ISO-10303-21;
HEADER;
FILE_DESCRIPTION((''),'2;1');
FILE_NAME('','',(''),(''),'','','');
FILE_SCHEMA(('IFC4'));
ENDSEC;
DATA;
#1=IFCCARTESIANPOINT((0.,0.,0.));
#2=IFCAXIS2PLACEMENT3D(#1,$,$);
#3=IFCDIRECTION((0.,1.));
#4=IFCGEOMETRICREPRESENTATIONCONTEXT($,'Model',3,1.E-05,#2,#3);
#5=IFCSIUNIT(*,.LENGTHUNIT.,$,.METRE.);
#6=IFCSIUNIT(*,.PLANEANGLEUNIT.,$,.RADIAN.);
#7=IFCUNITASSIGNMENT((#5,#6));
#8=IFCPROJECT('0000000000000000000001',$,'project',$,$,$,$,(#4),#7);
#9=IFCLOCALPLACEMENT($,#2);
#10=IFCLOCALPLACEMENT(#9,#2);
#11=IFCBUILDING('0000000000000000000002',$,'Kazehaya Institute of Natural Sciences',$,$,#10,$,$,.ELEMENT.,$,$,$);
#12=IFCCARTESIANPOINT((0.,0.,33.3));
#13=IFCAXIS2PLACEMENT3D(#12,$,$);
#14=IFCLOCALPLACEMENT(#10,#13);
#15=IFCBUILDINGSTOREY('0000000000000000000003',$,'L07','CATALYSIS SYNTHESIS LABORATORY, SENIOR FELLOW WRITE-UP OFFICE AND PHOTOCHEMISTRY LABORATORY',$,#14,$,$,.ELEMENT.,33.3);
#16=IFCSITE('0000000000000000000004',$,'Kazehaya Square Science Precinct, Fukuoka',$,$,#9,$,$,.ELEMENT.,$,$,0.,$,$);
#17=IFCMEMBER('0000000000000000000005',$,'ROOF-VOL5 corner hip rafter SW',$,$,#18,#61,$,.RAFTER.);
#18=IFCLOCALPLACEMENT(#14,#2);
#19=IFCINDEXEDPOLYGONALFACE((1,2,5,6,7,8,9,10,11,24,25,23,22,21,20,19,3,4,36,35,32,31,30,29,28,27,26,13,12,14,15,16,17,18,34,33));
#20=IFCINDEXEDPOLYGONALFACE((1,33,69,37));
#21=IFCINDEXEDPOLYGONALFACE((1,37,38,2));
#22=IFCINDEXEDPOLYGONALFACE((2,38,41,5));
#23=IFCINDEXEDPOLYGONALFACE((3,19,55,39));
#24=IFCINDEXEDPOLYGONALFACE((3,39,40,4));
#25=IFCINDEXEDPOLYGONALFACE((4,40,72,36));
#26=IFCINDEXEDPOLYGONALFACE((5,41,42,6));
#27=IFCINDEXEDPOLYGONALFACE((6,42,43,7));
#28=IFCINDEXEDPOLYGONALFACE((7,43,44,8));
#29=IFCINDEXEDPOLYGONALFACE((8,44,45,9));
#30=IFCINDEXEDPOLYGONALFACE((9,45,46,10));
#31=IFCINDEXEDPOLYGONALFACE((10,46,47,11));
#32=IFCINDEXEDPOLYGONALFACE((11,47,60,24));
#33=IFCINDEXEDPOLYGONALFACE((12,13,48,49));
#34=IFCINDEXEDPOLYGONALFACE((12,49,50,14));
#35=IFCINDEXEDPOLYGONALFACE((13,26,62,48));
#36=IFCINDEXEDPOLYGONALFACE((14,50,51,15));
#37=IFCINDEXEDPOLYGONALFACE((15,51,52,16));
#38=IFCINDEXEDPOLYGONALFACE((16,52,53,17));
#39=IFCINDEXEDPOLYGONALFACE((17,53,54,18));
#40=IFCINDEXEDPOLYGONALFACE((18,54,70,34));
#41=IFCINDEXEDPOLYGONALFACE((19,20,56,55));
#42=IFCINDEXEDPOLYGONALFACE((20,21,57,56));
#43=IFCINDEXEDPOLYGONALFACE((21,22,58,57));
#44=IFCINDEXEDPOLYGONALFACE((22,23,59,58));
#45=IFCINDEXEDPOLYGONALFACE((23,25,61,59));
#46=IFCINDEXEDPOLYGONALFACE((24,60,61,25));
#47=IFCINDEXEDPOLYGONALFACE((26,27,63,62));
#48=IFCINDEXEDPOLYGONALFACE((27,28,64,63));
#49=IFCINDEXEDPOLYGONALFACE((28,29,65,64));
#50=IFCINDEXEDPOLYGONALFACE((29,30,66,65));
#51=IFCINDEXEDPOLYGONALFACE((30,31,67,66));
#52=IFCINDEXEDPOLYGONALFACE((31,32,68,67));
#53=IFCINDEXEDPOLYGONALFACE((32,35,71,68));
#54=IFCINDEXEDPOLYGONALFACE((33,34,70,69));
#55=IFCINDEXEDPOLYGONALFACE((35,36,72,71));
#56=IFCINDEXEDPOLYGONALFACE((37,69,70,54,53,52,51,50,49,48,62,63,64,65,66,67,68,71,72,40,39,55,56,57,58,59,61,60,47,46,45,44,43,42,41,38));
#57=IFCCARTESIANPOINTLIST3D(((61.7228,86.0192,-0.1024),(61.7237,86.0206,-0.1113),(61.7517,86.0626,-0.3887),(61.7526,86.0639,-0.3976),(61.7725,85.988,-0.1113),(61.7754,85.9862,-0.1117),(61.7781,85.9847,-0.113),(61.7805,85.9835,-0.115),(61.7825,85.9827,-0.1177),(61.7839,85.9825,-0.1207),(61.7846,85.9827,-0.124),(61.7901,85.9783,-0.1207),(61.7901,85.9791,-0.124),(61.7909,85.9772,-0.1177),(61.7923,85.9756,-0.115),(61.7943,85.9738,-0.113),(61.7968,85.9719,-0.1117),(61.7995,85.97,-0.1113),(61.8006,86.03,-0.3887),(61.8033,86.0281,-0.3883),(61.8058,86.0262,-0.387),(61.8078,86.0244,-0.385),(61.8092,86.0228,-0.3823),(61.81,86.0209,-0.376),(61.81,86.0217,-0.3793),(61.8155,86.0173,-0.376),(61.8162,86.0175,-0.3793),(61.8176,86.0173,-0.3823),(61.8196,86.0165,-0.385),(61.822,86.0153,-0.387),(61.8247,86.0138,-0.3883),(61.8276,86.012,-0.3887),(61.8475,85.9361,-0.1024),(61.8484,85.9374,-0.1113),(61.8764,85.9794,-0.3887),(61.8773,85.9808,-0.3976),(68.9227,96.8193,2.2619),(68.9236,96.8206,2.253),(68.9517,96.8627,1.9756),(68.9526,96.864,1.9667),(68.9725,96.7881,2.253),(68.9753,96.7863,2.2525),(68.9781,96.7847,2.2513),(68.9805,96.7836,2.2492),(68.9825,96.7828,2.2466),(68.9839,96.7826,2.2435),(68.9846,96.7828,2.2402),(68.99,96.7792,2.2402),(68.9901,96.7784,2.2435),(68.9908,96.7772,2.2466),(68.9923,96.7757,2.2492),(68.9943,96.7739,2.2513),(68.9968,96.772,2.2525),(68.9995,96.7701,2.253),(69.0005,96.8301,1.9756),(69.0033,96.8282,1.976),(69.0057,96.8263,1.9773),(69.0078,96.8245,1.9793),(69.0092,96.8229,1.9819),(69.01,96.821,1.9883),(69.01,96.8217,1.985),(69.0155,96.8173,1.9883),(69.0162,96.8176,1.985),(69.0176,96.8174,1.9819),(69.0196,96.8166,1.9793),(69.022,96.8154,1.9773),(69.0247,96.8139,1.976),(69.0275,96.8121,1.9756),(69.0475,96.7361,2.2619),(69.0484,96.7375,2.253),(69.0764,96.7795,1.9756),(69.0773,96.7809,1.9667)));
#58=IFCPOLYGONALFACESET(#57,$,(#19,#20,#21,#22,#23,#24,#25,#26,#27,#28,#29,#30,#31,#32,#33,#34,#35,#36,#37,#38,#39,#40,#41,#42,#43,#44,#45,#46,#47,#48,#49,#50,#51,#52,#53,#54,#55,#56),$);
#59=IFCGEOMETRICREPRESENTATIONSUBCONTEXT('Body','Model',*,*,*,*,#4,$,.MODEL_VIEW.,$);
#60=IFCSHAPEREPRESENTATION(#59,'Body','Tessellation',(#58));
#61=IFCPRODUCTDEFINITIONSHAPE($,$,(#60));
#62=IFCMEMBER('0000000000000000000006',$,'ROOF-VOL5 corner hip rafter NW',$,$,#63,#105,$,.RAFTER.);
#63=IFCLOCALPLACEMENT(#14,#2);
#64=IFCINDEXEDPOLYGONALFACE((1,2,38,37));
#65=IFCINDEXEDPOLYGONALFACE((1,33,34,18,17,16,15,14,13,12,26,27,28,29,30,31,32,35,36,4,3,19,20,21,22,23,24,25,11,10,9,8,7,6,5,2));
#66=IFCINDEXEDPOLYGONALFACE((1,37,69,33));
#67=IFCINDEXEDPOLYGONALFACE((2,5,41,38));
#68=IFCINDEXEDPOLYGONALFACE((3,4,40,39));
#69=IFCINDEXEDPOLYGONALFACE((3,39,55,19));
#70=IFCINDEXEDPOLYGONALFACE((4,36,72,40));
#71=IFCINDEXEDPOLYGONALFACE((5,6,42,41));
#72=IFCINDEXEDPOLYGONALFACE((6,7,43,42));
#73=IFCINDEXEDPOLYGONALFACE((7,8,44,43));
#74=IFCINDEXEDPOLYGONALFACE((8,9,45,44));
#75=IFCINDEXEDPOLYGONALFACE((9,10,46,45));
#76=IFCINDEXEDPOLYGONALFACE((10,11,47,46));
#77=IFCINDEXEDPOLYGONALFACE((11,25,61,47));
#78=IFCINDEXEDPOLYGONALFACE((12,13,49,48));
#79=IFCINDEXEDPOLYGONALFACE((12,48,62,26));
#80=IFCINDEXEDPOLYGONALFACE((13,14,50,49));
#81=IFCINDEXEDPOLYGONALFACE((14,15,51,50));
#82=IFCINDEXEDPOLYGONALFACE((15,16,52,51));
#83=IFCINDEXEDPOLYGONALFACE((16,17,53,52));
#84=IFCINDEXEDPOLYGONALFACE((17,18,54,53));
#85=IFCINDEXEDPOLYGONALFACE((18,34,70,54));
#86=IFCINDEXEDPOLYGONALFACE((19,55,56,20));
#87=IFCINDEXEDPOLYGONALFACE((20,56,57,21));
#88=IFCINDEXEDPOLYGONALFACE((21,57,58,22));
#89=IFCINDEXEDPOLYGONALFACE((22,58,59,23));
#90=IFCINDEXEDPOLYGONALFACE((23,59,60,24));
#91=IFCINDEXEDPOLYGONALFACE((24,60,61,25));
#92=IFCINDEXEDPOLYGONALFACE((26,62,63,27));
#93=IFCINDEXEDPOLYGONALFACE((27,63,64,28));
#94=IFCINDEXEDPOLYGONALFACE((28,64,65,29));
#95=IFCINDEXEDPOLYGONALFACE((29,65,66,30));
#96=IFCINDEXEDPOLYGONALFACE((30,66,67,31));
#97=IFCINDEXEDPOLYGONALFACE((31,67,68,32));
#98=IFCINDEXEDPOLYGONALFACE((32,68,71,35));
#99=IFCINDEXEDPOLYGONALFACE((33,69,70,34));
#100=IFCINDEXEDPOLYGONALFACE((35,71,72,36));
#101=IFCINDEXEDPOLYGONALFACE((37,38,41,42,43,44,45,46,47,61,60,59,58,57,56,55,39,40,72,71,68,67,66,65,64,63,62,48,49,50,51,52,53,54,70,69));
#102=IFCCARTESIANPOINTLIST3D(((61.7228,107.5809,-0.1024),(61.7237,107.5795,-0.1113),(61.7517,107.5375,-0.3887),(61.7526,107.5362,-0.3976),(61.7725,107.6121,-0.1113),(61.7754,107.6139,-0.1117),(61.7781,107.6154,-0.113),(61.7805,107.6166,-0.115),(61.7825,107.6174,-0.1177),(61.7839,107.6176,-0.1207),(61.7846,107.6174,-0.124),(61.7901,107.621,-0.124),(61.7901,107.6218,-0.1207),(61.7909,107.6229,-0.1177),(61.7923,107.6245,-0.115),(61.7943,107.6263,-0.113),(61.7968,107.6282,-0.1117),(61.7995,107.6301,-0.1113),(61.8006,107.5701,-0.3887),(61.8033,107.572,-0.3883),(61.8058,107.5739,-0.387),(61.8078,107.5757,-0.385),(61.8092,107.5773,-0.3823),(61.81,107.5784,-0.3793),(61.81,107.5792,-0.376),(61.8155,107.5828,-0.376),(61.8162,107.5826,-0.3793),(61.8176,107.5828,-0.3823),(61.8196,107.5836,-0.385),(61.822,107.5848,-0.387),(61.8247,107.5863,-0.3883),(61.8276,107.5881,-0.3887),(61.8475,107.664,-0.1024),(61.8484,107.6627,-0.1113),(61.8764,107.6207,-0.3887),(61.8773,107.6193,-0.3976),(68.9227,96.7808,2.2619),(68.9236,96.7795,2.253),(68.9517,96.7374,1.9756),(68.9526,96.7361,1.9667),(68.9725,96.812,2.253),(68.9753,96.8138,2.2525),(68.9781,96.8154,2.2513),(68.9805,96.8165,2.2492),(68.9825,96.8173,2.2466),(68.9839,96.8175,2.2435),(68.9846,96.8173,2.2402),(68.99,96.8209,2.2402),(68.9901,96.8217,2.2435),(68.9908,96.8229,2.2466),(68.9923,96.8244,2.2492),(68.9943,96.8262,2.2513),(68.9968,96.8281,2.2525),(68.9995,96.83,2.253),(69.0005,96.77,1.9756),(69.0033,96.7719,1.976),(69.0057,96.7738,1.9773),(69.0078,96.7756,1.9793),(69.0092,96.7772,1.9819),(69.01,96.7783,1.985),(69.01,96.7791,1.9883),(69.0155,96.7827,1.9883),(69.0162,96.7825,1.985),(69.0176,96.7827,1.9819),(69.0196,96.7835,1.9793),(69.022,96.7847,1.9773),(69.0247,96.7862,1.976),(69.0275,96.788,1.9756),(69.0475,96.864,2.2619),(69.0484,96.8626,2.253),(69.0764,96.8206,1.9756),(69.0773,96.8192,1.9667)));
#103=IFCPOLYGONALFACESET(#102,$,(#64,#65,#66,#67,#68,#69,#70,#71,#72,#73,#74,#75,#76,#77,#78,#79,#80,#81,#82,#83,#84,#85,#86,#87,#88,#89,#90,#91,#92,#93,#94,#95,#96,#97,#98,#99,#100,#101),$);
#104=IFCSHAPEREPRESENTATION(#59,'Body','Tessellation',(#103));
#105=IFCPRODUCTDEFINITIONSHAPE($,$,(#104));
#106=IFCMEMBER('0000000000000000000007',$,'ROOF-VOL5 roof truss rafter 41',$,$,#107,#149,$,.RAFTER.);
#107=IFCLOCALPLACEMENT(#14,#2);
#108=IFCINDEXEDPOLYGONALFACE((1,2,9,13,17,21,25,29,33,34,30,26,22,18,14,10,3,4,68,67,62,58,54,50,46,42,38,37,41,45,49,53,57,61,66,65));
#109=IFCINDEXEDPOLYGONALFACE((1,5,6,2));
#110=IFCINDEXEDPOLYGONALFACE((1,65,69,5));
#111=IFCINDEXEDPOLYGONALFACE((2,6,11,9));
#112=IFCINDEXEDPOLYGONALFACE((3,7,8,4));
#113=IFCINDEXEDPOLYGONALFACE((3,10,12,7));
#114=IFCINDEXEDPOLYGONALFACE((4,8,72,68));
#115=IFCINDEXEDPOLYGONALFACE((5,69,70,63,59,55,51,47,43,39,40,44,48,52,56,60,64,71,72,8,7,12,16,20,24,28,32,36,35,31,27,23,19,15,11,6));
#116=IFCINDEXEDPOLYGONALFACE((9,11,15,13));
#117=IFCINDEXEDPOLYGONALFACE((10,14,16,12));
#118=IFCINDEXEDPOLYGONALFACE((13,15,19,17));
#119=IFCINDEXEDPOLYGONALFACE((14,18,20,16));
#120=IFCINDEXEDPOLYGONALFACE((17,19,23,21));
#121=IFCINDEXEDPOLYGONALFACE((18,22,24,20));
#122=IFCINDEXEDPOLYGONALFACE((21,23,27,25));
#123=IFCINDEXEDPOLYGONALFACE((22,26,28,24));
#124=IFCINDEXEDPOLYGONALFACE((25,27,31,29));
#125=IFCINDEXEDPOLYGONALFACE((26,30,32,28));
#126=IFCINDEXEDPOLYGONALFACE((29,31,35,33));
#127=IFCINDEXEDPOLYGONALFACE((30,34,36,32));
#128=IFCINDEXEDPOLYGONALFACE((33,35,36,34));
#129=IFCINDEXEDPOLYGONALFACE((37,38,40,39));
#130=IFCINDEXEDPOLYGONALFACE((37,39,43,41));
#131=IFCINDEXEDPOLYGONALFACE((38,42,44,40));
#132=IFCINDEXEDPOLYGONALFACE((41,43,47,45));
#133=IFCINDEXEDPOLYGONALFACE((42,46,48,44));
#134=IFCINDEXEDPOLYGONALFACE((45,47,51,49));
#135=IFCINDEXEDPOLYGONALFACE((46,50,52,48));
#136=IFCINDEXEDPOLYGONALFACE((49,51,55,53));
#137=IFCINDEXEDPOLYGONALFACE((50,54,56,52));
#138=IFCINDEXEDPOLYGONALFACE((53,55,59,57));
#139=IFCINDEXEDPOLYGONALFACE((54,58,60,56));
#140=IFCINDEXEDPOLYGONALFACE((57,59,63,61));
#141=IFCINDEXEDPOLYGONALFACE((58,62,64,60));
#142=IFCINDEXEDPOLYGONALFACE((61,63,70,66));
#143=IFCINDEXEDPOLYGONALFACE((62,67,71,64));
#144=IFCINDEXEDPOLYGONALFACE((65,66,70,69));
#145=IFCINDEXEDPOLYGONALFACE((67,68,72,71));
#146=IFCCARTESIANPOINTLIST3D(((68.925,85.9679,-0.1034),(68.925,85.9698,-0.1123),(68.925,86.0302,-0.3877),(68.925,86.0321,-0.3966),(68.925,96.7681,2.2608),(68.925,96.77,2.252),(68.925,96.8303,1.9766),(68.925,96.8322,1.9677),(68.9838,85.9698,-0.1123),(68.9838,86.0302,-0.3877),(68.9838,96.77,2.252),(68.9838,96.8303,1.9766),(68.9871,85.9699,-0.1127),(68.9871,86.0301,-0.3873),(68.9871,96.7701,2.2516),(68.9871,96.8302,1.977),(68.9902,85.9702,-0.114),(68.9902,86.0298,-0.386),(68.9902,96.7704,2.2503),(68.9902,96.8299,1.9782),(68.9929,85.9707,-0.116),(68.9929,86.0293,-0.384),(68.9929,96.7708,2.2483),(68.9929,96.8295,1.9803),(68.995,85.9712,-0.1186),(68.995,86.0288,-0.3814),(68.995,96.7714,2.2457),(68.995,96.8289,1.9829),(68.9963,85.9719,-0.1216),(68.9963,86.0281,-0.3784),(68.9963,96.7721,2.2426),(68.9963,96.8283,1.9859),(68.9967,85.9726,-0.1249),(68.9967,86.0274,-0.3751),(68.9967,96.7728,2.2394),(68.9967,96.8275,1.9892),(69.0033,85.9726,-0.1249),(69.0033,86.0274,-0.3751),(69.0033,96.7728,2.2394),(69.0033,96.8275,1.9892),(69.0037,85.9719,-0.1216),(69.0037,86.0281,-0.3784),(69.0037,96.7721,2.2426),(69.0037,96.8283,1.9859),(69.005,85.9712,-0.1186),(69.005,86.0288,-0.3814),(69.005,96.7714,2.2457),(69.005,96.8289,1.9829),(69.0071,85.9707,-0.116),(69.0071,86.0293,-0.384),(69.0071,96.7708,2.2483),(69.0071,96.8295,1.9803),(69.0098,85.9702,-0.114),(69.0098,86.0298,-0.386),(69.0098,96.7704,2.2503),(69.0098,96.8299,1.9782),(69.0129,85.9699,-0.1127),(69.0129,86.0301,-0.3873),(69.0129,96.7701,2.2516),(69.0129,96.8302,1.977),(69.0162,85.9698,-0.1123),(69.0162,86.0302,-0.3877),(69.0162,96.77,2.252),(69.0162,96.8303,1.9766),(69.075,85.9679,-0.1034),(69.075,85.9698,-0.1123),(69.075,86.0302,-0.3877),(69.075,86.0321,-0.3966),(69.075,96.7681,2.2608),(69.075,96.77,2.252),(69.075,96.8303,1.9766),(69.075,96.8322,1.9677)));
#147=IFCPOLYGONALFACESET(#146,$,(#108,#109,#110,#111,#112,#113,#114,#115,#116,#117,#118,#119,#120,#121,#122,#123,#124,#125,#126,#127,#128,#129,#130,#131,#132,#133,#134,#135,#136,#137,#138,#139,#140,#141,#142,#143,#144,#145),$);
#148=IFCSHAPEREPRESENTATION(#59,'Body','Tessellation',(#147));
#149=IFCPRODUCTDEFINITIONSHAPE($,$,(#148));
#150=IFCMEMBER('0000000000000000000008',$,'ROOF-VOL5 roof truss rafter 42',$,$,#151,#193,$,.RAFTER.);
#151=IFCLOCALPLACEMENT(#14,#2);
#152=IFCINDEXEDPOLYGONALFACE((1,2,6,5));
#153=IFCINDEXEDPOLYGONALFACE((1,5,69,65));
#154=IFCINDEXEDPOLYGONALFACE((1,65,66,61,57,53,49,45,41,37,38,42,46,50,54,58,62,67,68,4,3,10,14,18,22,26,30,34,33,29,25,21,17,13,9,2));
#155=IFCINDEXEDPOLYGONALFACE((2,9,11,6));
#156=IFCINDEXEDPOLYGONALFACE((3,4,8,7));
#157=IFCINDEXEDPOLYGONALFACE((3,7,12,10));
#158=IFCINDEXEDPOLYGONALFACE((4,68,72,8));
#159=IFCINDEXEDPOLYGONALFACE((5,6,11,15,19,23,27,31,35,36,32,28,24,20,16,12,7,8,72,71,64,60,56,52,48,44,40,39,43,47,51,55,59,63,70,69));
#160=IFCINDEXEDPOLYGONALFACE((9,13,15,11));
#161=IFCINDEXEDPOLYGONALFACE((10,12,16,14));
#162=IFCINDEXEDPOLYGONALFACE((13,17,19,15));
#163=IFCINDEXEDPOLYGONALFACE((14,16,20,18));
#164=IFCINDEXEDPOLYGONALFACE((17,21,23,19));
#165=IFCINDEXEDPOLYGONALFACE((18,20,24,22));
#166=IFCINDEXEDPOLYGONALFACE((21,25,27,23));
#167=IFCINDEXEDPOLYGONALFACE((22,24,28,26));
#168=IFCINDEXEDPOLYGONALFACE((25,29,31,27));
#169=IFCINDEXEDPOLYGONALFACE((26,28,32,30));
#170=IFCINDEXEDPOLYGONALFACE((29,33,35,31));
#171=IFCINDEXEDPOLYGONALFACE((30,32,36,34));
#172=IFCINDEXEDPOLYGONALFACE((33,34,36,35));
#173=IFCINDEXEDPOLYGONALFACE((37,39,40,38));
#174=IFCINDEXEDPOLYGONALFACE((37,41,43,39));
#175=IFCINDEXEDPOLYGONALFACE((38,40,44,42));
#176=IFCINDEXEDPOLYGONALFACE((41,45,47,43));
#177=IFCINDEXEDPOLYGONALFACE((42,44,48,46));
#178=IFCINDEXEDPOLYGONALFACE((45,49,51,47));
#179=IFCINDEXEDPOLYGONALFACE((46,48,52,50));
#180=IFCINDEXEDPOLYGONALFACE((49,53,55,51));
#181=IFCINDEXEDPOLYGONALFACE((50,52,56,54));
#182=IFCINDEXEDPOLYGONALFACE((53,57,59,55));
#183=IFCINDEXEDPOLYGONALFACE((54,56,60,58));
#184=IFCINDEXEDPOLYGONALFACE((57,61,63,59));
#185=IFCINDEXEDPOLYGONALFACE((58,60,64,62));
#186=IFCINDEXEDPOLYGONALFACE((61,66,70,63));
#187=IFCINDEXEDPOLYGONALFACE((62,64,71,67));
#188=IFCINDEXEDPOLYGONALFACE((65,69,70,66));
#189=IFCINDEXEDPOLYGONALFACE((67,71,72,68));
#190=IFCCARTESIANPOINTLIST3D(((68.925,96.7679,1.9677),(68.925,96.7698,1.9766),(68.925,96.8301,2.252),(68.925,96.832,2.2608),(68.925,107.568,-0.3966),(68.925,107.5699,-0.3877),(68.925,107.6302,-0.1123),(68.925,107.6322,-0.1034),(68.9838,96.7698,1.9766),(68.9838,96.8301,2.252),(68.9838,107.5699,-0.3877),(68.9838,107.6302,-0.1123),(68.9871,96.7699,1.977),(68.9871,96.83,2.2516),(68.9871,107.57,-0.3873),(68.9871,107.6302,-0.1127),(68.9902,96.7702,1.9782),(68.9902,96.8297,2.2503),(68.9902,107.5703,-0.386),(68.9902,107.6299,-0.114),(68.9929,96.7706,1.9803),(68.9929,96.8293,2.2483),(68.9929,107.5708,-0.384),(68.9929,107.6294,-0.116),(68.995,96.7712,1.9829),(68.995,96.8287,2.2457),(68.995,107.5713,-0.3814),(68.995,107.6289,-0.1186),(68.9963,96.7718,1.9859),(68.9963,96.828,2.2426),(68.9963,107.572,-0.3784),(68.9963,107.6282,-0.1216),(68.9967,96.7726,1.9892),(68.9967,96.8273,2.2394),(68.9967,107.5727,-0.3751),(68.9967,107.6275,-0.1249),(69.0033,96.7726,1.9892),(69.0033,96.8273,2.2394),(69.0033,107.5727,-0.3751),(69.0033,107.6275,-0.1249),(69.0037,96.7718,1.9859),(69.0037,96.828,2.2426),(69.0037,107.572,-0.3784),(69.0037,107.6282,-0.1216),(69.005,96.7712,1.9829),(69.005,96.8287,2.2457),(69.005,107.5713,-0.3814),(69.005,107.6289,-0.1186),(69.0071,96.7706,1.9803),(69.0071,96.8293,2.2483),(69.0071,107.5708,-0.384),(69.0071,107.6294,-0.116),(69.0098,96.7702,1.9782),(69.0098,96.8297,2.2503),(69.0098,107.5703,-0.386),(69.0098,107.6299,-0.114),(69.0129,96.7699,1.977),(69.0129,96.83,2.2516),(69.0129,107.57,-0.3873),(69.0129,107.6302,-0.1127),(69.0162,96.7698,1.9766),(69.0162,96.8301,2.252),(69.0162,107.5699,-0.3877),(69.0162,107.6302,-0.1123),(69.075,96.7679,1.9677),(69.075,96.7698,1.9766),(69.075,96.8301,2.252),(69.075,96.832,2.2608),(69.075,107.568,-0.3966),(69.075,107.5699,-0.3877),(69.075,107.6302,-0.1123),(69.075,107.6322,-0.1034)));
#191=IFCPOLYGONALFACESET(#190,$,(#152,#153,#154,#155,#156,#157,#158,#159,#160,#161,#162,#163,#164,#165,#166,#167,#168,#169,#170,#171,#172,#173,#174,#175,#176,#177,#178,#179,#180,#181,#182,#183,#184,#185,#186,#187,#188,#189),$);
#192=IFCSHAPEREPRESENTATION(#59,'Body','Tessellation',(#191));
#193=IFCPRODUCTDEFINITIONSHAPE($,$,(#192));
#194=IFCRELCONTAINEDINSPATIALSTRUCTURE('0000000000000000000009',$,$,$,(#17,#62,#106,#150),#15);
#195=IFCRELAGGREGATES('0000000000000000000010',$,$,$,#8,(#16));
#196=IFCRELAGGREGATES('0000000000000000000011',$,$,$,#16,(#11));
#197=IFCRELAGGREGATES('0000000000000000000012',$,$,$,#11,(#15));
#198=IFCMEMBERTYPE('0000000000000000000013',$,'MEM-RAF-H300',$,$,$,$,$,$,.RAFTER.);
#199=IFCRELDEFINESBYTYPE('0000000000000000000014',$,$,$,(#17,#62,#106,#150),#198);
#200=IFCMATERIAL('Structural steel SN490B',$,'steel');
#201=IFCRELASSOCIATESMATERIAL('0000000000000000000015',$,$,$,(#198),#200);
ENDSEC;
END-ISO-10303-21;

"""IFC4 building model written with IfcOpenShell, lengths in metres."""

from ifc_helpers import new_model, si_unit, direction, frame, origin, origin_2d, place, context, subcontext, project, spatial, i_section, extrude, material, material_profile, profile_set, type_object, element, save


model = new_model("IFC4")

# Units and contexts
model_context = context("Model", 3, precision=1e-05, world=origin(), true_north=direction((0.0, 1.0)))
body_context = subcontext(model_context, "Body", "Model", "MODEL_VIEW")
ifc_project = project(units=[si_unit("LENGTHUNIT", "METRE"), si_unit("PLANEANGLEUNIT", "RADIAN")], contexts=[model_context])

# Site, building, storey
site_placement = place(None, origin())
site = spatial("IfcSite", under=ifc_project, at=site_placement, Name="Kazehaya Square Science Precinct, Fukuoka", CompositionType="ELEMENT", RefElevation=0.0)
building_placement = place(site_placement, origin())
building = spatial("IfcBuilding", under=site, at=building_placement, Name="Kazehaya Institute of Natural Sciences", CompositionType="ELEMENT")
storey_placement = place(building_placement, frame((0.0, 0.0, 33.3)))
storey = spatial("IfcBuildingStorey", under=building, at=storey_placement, Name="L07", Description="CATALYSIS SYNTHESIS LABORATORY, SENIOR FELLOW WRITE-UP OFFICE AND PHOTOCHEMISTRY LABORATORY", CompositionType="ELEMENT", Elevation=33.3)

# Shared definitions
ifc_material_1 = material(Name="Structural steel SN490B", Category="steel")

# Members
ifc_material_profile_1 = material_profile(ifc_material_1, i_section(OverallWidth=0.1499, OverallDepth=0.3, WebThickness=0.0066, FlangeThickness=0.009, FilletRadius=0.0129, at=origin_2d()), Name="H-300x150x6.5x9")
ifc_profile_set_1 = profile_set([ifc_material_profile_1], Name="Structural steel SN490B")
member_type_1 = type_object("IfcMemberType", Name="MEM-RAF-H300", PredefinedType="RAFTER", material=ifc_profile_set_1)
for number, where, z_axis, x_axis, name in (
    (1, (61.8, 86.0, -0.25), (0.545717, 0.818585, 0.179198), (-0.832053, 0.554696, 0.0), "ROOF-VOL5 corner hip rafter SW"),
    (2, (61.8, 107.6001, -0.25), (0.545717, -0.818585, 0.179198), (0.832053, 0.554696, 0.0), "ROOF-VOL5 corner hip rafter NW"),
):
    element("IfcMember", number, at=place(storey_placement, frame(where, z_axis=z_axis, x_axis=x_axis)), inside=storey, type_object=member_type_1, Name=name, PredefinedType="RAFTER", context=body_context, shape_type="SweptSolid", body=[
        extrude(i_section(OverallWidth=0.1499, OverallDepth=0.3, WebThickness=0.0066, FlangeThickness=0.009, FilletRadius=0.0129, at=origin_2d()), origin(), (0.0, 0.0, 1.0), 13.1936),
    ])
for number, where, z_axis, x_axis, name in (
    (3, (69.0, 86.0, -0.25), (0.0, 0.976867, 0.213848), (-1.0, 0.0, 0.0), "ROOF-VOL5 roof truss rafter 41"),
    (4, (69.0, 107.6001, -0.25), (0.0, -0.976867, 0.213848), (1.0, 0.0, 0.0), "ROOF-VOL5 roof truss rafter 42"),
):
    element("IfcMember", number, at=place(storey_placement, frame(where, z_axis=z_axis, x_axis=x_axis)), inside=storey, type_object=member_type_1, Name=name, PredefinedType="RAFTER", context=body_context, shape_type="SweptSolid", body=[
        extrude(i_section(OverallWidth=0.1499, OverallDepth=0.3, WebThickness=0.0066, FlangeThickness=0.009, FilletRadius=0.0129, at=origin_2d()), origin(), (0.0, 0.0, 1.0), 11.0559),
    ])

save(model, "model.ifc")
